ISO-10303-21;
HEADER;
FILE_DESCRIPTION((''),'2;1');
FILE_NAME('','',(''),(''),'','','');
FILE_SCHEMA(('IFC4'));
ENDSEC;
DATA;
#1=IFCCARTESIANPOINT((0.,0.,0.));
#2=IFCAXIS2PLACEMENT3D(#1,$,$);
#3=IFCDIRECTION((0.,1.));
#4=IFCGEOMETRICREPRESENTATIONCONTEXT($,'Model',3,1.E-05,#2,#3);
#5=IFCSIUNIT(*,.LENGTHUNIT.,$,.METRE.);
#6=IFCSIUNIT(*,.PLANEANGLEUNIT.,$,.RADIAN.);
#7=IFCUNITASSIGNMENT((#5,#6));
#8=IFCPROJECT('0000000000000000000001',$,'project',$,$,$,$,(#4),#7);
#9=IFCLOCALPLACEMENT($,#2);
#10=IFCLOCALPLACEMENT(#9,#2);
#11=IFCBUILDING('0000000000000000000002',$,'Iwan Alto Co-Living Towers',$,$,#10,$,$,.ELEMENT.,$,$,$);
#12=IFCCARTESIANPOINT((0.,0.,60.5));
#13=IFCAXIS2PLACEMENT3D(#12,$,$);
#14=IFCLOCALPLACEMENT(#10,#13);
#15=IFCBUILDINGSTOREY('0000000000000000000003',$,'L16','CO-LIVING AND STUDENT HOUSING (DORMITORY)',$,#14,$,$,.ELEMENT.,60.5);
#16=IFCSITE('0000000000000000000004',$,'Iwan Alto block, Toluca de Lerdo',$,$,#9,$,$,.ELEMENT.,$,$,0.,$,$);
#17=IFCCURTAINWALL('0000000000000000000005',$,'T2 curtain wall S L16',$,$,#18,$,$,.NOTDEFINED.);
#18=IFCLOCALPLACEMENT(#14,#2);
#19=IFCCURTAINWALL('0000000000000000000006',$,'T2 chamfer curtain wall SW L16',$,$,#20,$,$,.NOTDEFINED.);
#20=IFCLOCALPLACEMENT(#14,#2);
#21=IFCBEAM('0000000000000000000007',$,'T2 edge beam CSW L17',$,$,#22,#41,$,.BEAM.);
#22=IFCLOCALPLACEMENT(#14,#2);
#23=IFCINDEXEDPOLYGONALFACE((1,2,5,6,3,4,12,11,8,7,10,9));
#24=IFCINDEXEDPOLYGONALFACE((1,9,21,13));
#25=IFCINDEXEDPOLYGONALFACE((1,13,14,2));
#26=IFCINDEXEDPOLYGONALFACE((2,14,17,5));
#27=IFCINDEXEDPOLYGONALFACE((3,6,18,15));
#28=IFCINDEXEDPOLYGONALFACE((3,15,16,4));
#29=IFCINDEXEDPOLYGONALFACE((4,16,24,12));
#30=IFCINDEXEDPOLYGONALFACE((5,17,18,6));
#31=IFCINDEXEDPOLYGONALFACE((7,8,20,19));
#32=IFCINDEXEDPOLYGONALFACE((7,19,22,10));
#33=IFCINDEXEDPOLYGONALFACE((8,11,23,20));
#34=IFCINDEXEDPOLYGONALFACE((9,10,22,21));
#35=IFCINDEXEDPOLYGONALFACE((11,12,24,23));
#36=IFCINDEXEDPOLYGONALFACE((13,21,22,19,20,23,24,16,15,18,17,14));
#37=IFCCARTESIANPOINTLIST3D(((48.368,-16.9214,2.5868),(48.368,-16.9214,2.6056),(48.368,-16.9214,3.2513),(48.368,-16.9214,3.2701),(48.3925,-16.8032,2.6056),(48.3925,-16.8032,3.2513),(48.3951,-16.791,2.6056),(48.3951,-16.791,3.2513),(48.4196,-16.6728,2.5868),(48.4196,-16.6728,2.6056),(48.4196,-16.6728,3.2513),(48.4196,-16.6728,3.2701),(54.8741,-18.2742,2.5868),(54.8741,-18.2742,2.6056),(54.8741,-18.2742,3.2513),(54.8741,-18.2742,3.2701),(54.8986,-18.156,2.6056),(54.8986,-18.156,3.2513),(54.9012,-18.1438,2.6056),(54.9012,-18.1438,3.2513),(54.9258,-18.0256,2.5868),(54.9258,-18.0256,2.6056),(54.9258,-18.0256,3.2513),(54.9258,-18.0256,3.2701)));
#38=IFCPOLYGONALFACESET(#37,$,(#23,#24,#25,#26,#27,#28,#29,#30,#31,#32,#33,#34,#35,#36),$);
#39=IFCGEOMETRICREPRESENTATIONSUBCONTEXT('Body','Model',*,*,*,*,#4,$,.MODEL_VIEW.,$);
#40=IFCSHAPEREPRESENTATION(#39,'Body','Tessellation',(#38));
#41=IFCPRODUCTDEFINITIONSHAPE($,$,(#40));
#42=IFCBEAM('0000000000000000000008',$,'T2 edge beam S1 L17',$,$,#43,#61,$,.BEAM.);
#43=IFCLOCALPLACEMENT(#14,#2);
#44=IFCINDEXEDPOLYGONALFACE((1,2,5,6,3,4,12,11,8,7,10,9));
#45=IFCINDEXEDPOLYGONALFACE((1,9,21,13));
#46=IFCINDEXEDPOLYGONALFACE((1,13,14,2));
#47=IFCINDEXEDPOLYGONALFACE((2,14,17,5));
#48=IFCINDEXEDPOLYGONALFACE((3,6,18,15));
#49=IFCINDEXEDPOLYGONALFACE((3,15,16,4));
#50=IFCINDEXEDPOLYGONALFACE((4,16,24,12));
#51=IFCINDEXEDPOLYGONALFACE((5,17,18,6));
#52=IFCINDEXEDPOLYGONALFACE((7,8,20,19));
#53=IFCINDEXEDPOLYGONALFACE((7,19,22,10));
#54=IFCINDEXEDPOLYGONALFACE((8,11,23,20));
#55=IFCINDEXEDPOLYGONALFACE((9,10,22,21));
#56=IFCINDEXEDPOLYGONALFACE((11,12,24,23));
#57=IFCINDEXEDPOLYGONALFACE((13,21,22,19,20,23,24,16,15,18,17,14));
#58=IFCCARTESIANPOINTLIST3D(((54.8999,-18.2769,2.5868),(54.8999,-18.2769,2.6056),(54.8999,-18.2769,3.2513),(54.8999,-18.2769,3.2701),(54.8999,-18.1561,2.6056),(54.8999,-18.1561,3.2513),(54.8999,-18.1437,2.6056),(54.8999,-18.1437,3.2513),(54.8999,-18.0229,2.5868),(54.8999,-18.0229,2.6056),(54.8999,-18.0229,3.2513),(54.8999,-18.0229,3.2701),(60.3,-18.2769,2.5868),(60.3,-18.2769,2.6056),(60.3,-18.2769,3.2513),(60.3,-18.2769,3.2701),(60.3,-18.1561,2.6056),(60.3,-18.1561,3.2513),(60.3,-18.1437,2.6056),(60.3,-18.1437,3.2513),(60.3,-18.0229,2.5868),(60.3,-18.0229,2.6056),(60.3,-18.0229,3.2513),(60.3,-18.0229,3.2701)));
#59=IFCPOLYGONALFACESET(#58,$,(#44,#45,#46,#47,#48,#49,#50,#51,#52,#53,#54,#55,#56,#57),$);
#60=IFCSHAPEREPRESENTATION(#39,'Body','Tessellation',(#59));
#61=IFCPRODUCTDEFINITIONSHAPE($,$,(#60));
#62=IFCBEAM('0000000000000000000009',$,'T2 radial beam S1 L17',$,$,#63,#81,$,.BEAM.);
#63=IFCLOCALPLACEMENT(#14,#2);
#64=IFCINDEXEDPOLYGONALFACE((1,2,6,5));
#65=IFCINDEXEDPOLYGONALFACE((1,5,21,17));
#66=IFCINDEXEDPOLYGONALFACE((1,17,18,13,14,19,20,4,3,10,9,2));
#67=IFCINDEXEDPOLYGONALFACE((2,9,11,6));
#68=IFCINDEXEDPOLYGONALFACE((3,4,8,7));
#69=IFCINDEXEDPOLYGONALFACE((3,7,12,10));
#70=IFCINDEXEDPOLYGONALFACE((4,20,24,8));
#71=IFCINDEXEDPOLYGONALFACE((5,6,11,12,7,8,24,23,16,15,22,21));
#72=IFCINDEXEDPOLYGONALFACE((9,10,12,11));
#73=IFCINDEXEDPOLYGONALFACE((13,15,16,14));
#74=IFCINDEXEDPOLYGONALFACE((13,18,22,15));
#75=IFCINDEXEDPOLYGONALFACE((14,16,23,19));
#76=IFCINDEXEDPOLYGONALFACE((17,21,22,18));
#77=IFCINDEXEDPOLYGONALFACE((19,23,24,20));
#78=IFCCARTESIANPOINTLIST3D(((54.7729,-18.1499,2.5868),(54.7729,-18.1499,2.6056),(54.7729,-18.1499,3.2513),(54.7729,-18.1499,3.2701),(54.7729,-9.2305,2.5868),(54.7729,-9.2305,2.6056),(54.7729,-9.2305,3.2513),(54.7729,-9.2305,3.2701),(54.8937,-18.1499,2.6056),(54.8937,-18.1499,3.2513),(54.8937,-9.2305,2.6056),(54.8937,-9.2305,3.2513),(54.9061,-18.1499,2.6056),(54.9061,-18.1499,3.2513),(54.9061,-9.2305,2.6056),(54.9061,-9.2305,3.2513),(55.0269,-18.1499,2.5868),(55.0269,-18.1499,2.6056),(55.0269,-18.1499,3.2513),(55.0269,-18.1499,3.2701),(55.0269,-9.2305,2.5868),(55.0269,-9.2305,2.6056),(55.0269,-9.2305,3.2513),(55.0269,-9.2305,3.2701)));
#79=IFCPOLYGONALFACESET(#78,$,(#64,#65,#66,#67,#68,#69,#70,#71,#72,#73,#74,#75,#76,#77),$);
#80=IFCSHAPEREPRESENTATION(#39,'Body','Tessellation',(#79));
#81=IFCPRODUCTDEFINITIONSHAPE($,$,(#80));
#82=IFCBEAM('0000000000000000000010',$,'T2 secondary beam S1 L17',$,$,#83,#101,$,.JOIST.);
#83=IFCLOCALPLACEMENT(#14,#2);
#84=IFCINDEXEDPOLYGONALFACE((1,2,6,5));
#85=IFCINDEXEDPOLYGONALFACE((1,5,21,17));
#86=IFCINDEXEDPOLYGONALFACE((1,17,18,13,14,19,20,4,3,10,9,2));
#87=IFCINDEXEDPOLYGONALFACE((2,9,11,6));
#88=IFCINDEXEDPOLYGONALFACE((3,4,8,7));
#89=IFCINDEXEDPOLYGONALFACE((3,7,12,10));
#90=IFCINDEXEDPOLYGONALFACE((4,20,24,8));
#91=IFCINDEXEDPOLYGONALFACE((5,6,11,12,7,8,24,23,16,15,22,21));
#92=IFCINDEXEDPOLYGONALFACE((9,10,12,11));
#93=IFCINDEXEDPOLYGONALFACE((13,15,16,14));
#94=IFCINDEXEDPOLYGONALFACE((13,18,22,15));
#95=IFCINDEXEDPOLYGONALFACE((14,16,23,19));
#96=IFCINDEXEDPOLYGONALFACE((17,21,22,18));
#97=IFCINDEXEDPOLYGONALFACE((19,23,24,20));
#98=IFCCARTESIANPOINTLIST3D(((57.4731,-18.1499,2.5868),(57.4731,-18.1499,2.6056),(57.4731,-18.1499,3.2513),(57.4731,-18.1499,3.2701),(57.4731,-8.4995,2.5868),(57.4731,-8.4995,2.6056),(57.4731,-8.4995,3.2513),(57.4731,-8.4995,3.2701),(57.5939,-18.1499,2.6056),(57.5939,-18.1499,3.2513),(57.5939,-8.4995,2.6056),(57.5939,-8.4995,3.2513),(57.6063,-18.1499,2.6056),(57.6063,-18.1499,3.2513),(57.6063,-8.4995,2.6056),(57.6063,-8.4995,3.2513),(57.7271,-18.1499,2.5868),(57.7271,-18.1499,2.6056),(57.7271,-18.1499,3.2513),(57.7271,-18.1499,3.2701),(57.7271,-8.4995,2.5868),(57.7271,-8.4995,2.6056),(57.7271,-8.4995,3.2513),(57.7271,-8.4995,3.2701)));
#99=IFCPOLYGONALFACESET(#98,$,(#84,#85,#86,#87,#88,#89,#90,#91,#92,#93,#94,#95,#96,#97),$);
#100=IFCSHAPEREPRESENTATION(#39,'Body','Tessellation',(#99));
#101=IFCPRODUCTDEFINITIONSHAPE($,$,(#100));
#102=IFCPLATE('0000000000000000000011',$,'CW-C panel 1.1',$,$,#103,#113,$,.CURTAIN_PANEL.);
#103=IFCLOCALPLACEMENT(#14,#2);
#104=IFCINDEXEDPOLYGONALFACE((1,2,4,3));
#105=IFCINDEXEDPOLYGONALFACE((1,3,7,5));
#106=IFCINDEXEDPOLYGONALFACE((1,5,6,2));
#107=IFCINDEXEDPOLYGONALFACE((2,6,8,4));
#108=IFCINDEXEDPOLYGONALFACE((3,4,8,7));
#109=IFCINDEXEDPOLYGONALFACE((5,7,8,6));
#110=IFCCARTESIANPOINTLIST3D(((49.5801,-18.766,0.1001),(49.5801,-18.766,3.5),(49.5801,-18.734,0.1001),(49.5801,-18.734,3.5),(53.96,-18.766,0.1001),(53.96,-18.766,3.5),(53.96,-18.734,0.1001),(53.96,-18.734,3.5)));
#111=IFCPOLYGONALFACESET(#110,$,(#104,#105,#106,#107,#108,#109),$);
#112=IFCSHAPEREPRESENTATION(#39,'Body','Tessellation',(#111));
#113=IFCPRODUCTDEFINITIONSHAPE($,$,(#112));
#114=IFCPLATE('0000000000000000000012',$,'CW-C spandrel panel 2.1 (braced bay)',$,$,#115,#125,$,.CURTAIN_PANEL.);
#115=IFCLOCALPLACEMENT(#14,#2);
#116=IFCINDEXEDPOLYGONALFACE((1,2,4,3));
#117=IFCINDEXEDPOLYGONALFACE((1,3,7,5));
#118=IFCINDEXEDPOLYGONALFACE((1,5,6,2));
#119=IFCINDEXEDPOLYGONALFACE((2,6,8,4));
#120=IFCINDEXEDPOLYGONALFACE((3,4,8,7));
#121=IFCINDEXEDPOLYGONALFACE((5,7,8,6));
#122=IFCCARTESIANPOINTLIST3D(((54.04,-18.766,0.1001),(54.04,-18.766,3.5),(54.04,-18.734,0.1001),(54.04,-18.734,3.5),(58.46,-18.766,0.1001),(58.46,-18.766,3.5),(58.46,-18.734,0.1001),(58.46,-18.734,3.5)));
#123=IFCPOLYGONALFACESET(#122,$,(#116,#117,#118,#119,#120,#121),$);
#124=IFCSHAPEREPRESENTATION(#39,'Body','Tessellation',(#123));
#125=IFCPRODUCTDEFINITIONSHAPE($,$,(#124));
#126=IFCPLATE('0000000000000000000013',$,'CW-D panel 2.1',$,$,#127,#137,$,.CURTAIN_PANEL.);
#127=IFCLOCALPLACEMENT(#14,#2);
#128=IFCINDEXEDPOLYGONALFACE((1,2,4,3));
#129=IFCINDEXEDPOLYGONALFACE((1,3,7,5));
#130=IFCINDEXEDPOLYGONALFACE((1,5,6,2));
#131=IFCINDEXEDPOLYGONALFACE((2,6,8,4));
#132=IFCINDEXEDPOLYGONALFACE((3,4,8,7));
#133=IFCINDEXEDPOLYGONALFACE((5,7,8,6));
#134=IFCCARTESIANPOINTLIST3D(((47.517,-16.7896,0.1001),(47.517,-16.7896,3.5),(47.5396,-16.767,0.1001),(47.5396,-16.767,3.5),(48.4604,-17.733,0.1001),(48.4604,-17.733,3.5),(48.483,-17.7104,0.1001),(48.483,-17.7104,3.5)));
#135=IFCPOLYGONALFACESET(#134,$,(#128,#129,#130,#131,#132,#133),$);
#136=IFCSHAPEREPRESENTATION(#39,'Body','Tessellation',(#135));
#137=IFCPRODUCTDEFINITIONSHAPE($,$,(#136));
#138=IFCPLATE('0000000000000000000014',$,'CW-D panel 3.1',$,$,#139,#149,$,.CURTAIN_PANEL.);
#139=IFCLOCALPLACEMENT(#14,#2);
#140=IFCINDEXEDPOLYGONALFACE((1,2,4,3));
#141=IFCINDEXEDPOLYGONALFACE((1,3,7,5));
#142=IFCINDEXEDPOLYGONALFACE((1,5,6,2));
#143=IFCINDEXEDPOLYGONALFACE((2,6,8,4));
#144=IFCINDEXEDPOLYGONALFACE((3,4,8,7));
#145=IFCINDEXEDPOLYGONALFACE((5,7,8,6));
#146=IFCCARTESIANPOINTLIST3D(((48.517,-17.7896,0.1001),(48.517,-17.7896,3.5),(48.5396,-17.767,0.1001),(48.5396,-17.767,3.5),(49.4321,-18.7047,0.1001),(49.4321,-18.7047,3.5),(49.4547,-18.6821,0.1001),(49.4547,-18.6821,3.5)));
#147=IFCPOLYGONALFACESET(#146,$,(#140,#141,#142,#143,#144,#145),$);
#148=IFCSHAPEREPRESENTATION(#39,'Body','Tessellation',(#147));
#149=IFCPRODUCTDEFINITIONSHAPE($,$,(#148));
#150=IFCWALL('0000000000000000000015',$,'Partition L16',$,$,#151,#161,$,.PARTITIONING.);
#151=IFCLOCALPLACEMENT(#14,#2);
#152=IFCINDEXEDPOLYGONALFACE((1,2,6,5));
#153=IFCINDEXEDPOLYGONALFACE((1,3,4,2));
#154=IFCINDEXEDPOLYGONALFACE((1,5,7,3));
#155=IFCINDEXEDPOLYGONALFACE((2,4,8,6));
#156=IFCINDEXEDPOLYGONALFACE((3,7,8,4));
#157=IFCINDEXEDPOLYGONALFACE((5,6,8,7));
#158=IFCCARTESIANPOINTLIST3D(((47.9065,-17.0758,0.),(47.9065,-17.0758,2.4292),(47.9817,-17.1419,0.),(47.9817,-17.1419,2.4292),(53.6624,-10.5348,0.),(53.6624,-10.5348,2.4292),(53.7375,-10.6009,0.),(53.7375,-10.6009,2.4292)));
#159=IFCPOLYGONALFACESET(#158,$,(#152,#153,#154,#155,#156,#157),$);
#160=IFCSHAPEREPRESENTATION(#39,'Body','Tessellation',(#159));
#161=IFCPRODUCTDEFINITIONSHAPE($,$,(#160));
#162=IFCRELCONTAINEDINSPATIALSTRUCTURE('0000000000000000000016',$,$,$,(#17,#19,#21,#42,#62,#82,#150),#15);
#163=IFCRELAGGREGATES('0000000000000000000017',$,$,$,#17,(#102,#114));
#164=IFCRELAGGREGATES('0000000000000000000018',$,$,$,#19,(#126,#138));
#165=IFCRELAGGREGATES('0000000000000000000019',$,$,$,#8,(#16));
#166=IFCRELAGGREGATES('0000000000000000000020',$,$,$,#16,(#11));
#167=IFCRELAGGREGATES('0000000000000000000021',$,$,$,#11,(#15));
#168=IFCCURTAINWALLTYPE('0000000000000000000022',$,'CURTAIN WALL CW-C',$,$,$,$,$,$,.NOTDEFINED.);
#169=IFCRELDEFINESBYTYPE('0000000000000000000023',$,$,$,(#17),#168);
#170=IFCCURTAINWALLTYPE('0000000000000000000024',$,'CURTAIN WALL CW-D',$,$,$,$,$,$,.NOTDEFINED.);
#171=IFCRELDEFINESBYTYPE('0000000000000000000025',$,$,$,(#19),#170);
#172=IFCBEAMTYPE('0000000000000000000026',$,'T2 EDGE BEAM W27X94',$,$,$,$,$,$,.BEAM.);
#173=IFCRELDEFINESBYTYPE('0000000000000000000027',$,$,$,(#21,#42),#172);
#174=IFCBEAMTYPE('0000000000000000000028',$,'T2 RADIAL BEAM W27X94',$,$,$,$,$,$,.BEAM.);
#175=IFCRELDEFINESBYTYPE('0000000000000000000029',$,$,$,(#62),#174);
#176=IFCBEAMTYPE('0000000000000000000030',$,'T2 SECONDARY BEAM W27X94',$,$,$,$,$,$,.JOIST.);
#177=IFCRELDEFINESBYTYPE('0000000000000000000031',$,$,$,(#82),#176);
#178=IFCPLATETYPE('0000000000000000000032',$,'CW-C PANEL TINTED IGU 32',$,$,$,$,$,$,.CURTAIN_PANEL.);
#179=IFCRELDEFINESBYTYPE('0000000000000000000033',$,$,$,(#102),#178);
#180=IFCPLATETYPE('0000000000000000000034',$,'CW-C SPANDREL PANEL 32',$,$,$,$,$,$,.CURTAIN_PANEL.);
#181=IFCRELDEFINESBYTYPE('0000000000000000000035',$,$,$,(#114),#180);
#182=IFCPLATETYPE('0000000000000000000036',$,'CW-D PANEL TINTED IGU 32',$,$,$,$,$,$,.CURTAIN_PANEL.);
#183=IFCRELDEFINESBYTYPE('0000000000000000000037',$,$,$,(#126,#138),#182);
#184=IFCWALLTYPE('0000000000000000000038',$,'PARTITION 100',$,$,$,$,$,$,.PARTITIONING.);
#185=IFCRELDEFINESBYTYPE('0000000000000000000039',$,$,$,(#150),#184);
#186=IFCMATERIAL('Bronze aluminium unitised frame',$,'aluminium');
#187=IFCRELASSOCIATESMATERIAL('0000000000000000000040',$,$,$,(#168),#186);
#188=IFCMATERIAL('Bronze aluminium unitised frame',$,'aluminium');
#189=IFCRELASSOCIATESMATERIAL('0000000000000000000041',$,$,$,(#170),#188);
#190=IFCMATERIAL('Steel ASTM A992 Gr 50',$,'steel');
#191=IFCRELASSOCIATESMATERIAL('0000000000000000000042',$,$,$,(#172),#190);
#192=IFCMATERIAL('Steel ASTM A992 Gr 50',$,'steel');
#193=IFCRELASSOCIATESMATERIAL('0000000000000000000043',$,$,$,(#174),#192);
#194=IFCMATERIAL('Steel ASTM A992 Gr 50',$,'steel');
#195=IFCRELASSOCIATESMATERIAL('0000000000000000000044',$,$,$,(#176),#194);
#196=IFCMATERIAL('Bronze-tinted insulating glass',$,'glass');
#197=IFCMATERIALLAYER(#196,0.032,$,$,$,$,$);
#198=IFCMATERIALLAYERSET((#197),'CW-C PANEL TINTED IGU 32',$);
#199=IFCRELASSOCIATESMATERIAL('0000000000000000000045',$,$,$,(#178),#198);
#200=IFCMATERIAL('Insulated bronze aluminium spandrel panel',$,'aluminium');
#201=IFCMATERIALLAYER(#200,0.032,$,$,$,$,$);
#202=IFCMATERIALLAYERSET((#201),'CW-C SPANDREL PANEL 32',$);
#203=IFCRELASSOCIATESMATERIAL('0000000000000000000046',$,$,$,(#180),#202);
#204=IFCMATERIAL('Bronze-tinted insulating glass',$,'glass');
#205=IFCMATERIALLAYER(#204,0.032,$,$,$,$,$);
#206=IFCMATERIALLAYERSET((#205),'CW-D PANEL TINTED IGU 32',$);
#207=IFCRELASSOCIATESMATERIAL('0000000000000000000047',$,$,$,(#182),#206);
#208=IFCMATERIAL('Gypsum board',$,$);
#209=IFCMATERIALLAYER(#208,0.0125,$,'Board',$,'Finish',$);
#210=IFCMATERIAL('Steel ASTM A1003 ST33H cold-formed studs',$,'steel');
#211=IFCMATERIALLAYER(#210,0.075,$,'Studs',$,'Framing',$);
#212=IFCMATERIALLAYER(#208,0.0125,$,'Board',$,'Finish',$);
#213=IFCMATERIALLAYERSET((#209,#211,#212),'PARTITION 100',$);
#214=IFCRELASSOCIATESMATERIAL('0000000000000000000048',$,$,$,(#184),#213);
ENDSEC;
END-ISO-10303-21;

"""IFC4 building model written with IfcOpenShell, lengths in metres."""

from ifc_helpers import new_model, si_unit, direction, frame, frame_2d, origin, origin_2d, place, context, subcontext, project, spatial, rectangle, i_section, extrude, material, layer, layer_set, material_profile, profile_set, type_object, element, aggregate, save


model = new_model("IFC4")

# Units and contexts
model_context = context("Model", 3, precision=1e-05, world=origin(), true_north=direction((0.0, 1.0)))
body_context = subcontext(model_context, "Body", "Model", "MODEL_VIEW")
ifc_project = project(units=[si_unit("LENGTHUNIT", "METRE"), si_unit("PLANEANGLEUNIT", "RADIAN")], contexts=[model_context])

# Site, building, storey
site_placement = place(None, origin())
site = spatial("IfcSite", under=ifc_project, at=site_placement, Name="Iwan Alto block, Toluca de Lerdo", CompositionType="ELEMENT", RefElevation=0.0)
building_placement = place(site_placement, origin())
building = spatial("IfcBuilding", under=site, at=building_placement, Name="Iwan Alto Co-Living Towers", CompositionType="ELEMENT")
storey_placement = place(building_placement, frame((0.0, 0.0, 60.5)))
storey = spatial("IfcBuildingStorey", under=building, at=storey_placement, Name="L16", Description="CO-LIVING AND STUDENT HOUSING (DORMITORY)", CompositionType="ELEMENT", Elevation=60.5)

# Curtain walls
ifc_material_1 = material(Name="Bronze aluminium unitised frame", Category="aluminium")
curtain_wall_type_1 = type_object("IfcCurtainWallType", Name="CURTAIN WALL CW-C", PredefinedType="NOTDEFINED", material=ifc_material_1)
curtain_wall_1_placement = place(storey_placement, origin())
curtain_wall_1 = element("IfcCurtainWall", 1, at=curtain_wall_1_placement, inside=storey, type_object=curtain_wall_type_1, Name="T2 curtain wall S L16", PredefinedType="NOTDEFINED")
ifc_material_2 = material(Name="Bronze aluminium unitised frame", Category="aluminium")
curtain_wall_type_2 = type_object("IfcCurtainWallType", Name="CURTAIN WALL CW-D", PredefinedType="NOTDEFINED", material=ifc_material_2)
curtain_wall_2_placement = place(storey_placement, origin())
curtain_wall_2 = element("IfcCurtainWall", 2, at=curtain_wall_2_placement, inside=storey, type_object=curtain_wall_type_2, Name="T2 chamfer curtain wall SW L16", PredefinedType="NOTDEFINED")

# Beams
ifc_material_3 = material(Name="Steel ASTM A992 Gr 50", Category="steel")
ifc_material_profile_1 = material_profile(ifc_material_3, i_section(OverallWidth=0.2539, OverallDepth=0.6833, WebThickness=0.0125, FlangeThickness=0.0188, at=origin_2d()), Name="W27X94")
ifc_profile_set_1 = profile_set([ifc_material_profile_1], Name="Steel ASTM A992 Gr 50")
beam_type_1 = type_object("IfcBeamType", Name="T2 EDGE BEAM W27X94", PredefinedType="BEAM", material=ifc_profile_set_1)
beam_1_placement = place(storey_placement, frame((48.3938, -16.7971, 2.9285), z_axis=(0.97906, -0.203571, 0.0), x_axis=(0.203571, 0.97906, 0.0)))
element("IfcBeam", 3, at=beam_1_placement, inside=storey, type_object=beam_type_1, Name="T2 edge beam CSW L17", PredefinedType="BEAM", context=body_context, shape_type="SweptSolid", body=[
    extrude(i_section(OverallWidth=0.2539, OverallDepth=0.6833, WebThickness=0.0125, FlangeThickness=0.0188, at=origin_2d()), origin(), (0.0, 0.0, 1.0), 6.6453),
])
beam_2_placement = place(storey_placement, frame((54.8999, -18.1499, 2.9285), z_axis=(1.0, 0.0, 0.0), x_axis=(0.0, 1.0, 0.0)))
element("IfcBeam", 4, at=beam_2_placement, inside=storey, type_object=beam_type_1, Name="T2 edge beam S1 L17", PredefinedType="BEAM", context=body_context, shape_type="SweptSolid", body=[
    extrude(i_section(OverallWidth=0.2539, OverallDepth=0.6833, WebThickness=0.0125, FlangeThickness=0.0188, at=origin_2d()), origin(), (0.0, 0.0, 1.0), 5.4001),
])
ifc_material_4 = material(Name="Steel ASTM A992 Gr 50", Category="steel")
ifc_material_profile_2 = material_profile(ifc_material_4, i_section(OverallWidth=0.2539, OverallDepth=0.6833, WebThickness=0.0125, FlangeThickness=0.0188, at=origin_2d()), Name="W27X94")
ifc_profile_set_2 = profile_set([ifc_material_profile_2], Name="Steel ASTM A992 Gr 50")
beam_type_2 = type_object("IfcBeamType", Name="T2 RADIAL BEAM W27X94", PredefinedType="BEAM", material=ifc_profile_set_2)
beam_3_placement = place(storey_placement, frame((54.8999, -18.1499, 2.9285), z_axis=(0.0, 1.0, 0.0), x_axis=(-1.0, 0.0, 0.0)))
element("IfcBeam", 5, at=beam_3_placement, inside=storey, type_object=beam_type_2, Name="T2 radial beam S1 L17", PredefinedType="BEAM", context=body_context, shape_type="SweptSolid", body=[
    extrude(i_section(OverallWidth=0.2539, OverallDepth=0.6833, WebThickness=0.0125, FlangeThickness=0.0188, at=origin_2d()), origin(), (0.0, 0.0, 1.0), 8.9194),
])
ifc_material_5 = material(Name="Steel ASTM A992 Gr 50", Category="steel")
ifc_material_profile_3 = material_profile(ifc_material_5, i_section(OverallWidth=0.2539, OverallDepth=0.6833, WebThickness=0.0125, FlangeThickness=0.0188, at=origin_2d()), Name="W27X94")
ifc_profile_set_3 = profile_set([ifc_material_profile_3], Name="Steel ASTM A992 Gr 50")
beam_type_3 = type_object("IfcBeamType", Name="T2 SECONDARY BEAM W27X94", PredefinedType="JOIST", material=ifc_profile_set_3)
beam_4_placement = place(storey_placement, frame((57.6001, -18.1499, 2.9285), z_axis=(0.0, 1.0, 0.0), x_axis=(-1.0, 0.0, 0.0)))
element("IfcBeam", 6, at=beam_4_placement, inside=storey, type_object=beam_type_3, Name="T2 secondary beam S1 L17", PredefinedType="JOIST", context=body_context, shape_type="SweptSolid", body=[
    extrude(i_section(OverallWidth=0.2539, OverallDepth=0.6833, WebThickness=0.0125, FlangeThickness=0.0188, at=origin_2d()), origin(), (0.0, 0.0, 1.0), 9.6504),
])

# Plates
ifc_material_6 = material(Name="Bronze-tinted insulating glass", Category="glass")
ifc_layer_1 = layer(ifc_material_6, 0.032)
ifc_layer_set_1 = layer_set([ifc_layer_1], Name="CW-C PANEL TINTED IGU 32")
plate_type_1 = type_object("IfcPlateType", Name="CW-C PANEL TINTED IGU 32", PredefinedType="CURTAIN_PANEL", material=ifc_layer_set_1)
plate_1_placement = place(storey_placement, frame((51.77, -18.75, 0.1001), z_axis=(0.0, 0.0, 1.0), x_axis=(1.0, 0.0, 0.0)))
plate_1 = element("IfcPlate", 7, at=plate_1_placement, type_object=plate_type_1, Name="CW-C panel 1.1", PredefinedType="CURTAIN_PANEL", context=body_context, shape_type="SweptSolid", body=[
    extrude(rectangle(XDim=4.3799, YDim=0.032, at=origin_2d()), origin(), (0.0, 0.0, 1.0), 3.3999),
])
ifc_material_7 = material(Name="Insulated bronze aluminium spandrel panel", Category="aluminium")
ifc_layer_2 = layer(ifc_material_7, 0.032)
ifc_layer_set_2 = layer_set([ifc_layer_2], Name="CW-C SPANDREL PANEL 32")
plate_type_2 = type_object("IfcPlateType", Name="CW-C SPANDREL PANEL 32", PredefinedType="CURTAIN_PANEL", material=ifc_layer_set_2)
plate_2_placement = place(storey_placement, frame((56.25, -18.75, 0.1001), z_axis=(0.0, 0.0, 1.0), x_axis=(1.0, 0.0, 0.0)))
plate_2 = element("IfcPlate", 8, at=plate_2_placement, type_object=plate_type_2, Name="CW-C spandrel panel 2.1 (braced bay)", PredefinedType="CURTAIN_PANEL", context=body_context, shape_type="SweptSolid", body=[
    extrude(rectangle(XDim=4.4199, YDim=0.032, at=origin_2d()), origin(), (0.0, 0.0, 1.0), 3.3999),
])
aggregate(curtain_wall_1, [plate_1, plate_2])
ifc_material_8 = material(Name="Bronze-tinted insulating glass", Category="glass")
ifc_layer_3 = layer(ifc_material_8, 0.032)
ifc_layer_set_3 = layer_set([ifc_layer_3], Name="CW-D PANEL TINTED IGU 32")
plate_type_3 = type_object("IfcPlateType", Name="CW-D PANEL TINTED IGU 32", PredefinedType="CURTAIN_PANEL", material=ifc_layer_set_3)
plate_3_placement = place(storey_placement, frame((48.0, -17.25, 0.1001), z_axis=(0.0, 0.0, 1.0), x_axis=(0.707107, -0.707107, 0.0)))
plate_3 = element("IfcPlate", 9, at=plate_3_placement, type_object=plate_type_3, Name="CW-D panel 2.1", PredefinedType="CURTAIN_PANEL", context=body_context, shape_type="SweptSolid", body=[
    extrude(rectangle(XDim=1.3342, YDim=0.032, at=origin_2d()), origin(), (0.0, 0.0, 1.0), 3.3999),
])
plate_4_placement = place(storey_placement, frame((48.9858, -18.2358, 0.1001), z_axis=(0.0, 0.0, 1.0), x_axis=(0.707107, -0.707107, 0.0)))
plate_4 = element("IfcPlate", 10, at=plate_4_placement, type_object=plate_type_3, Name="CW-D panel 3.1", PredefinedType="CURTAIN_PANEL", context=body_context, shape_type="SweptSolid", body=[
    extrude(rectangle(XDim=1.2942, YDim=0.032, at=origin_2d()), origin(), (0.0, 0.0, 1.0), 3.3999),
])
aggregate(curtain_wall_2, [plate_3, plate_4])

# Wall
ifc_material_9 = material(Name="Gypsum board")
ifc_layer_4 = layer(ifc_material_9, 0.0125, Name="Board", Category="Finish")
ifc_material_10 = material(Name="Steel ASTM A1003 ST33H cold-formed studs", Category="steel")
ifc_layer_5 = layer(ifc_material_10, 0.075, Name="Studs", Category="Framing")
ifc_layer_6 = layer(ifc_material_9, 0.0125, Name="Board", Category="Finish")
ifc_layer_set_4 = layer_set([ifc_layer_4, ifc_layer_5, ifc_layer_6], Name="PARTITION 100")
wall_type = type_object("IfcWallType", Name="PARTITION 100", PredefinedType="PARTITIONING", material=ifc_layer_set_4)
wall_1_placement = place(storey_placement, frame((47.9441, -17.1089, 0.0), z_axis=(0.0, 0.0, 1.0), x_axis=(0.660613, 0.750727, 0.0)))
element("IfcWall", 11, at=wall_1_placement, inside=storey, type_object=wall_type, Name="Partition L16", PredefinedType="PARTITIONING", context=body_context, shape_type="SweptSolid", body=[
    extrude(rectangle(XDim=8.7129, YDim=0.1001, at=frame_2d((4.3564, 0.0))), origin(), (0.0, 0.0, 1.0), 2.4292),
])

save(model, "model.ifc")
